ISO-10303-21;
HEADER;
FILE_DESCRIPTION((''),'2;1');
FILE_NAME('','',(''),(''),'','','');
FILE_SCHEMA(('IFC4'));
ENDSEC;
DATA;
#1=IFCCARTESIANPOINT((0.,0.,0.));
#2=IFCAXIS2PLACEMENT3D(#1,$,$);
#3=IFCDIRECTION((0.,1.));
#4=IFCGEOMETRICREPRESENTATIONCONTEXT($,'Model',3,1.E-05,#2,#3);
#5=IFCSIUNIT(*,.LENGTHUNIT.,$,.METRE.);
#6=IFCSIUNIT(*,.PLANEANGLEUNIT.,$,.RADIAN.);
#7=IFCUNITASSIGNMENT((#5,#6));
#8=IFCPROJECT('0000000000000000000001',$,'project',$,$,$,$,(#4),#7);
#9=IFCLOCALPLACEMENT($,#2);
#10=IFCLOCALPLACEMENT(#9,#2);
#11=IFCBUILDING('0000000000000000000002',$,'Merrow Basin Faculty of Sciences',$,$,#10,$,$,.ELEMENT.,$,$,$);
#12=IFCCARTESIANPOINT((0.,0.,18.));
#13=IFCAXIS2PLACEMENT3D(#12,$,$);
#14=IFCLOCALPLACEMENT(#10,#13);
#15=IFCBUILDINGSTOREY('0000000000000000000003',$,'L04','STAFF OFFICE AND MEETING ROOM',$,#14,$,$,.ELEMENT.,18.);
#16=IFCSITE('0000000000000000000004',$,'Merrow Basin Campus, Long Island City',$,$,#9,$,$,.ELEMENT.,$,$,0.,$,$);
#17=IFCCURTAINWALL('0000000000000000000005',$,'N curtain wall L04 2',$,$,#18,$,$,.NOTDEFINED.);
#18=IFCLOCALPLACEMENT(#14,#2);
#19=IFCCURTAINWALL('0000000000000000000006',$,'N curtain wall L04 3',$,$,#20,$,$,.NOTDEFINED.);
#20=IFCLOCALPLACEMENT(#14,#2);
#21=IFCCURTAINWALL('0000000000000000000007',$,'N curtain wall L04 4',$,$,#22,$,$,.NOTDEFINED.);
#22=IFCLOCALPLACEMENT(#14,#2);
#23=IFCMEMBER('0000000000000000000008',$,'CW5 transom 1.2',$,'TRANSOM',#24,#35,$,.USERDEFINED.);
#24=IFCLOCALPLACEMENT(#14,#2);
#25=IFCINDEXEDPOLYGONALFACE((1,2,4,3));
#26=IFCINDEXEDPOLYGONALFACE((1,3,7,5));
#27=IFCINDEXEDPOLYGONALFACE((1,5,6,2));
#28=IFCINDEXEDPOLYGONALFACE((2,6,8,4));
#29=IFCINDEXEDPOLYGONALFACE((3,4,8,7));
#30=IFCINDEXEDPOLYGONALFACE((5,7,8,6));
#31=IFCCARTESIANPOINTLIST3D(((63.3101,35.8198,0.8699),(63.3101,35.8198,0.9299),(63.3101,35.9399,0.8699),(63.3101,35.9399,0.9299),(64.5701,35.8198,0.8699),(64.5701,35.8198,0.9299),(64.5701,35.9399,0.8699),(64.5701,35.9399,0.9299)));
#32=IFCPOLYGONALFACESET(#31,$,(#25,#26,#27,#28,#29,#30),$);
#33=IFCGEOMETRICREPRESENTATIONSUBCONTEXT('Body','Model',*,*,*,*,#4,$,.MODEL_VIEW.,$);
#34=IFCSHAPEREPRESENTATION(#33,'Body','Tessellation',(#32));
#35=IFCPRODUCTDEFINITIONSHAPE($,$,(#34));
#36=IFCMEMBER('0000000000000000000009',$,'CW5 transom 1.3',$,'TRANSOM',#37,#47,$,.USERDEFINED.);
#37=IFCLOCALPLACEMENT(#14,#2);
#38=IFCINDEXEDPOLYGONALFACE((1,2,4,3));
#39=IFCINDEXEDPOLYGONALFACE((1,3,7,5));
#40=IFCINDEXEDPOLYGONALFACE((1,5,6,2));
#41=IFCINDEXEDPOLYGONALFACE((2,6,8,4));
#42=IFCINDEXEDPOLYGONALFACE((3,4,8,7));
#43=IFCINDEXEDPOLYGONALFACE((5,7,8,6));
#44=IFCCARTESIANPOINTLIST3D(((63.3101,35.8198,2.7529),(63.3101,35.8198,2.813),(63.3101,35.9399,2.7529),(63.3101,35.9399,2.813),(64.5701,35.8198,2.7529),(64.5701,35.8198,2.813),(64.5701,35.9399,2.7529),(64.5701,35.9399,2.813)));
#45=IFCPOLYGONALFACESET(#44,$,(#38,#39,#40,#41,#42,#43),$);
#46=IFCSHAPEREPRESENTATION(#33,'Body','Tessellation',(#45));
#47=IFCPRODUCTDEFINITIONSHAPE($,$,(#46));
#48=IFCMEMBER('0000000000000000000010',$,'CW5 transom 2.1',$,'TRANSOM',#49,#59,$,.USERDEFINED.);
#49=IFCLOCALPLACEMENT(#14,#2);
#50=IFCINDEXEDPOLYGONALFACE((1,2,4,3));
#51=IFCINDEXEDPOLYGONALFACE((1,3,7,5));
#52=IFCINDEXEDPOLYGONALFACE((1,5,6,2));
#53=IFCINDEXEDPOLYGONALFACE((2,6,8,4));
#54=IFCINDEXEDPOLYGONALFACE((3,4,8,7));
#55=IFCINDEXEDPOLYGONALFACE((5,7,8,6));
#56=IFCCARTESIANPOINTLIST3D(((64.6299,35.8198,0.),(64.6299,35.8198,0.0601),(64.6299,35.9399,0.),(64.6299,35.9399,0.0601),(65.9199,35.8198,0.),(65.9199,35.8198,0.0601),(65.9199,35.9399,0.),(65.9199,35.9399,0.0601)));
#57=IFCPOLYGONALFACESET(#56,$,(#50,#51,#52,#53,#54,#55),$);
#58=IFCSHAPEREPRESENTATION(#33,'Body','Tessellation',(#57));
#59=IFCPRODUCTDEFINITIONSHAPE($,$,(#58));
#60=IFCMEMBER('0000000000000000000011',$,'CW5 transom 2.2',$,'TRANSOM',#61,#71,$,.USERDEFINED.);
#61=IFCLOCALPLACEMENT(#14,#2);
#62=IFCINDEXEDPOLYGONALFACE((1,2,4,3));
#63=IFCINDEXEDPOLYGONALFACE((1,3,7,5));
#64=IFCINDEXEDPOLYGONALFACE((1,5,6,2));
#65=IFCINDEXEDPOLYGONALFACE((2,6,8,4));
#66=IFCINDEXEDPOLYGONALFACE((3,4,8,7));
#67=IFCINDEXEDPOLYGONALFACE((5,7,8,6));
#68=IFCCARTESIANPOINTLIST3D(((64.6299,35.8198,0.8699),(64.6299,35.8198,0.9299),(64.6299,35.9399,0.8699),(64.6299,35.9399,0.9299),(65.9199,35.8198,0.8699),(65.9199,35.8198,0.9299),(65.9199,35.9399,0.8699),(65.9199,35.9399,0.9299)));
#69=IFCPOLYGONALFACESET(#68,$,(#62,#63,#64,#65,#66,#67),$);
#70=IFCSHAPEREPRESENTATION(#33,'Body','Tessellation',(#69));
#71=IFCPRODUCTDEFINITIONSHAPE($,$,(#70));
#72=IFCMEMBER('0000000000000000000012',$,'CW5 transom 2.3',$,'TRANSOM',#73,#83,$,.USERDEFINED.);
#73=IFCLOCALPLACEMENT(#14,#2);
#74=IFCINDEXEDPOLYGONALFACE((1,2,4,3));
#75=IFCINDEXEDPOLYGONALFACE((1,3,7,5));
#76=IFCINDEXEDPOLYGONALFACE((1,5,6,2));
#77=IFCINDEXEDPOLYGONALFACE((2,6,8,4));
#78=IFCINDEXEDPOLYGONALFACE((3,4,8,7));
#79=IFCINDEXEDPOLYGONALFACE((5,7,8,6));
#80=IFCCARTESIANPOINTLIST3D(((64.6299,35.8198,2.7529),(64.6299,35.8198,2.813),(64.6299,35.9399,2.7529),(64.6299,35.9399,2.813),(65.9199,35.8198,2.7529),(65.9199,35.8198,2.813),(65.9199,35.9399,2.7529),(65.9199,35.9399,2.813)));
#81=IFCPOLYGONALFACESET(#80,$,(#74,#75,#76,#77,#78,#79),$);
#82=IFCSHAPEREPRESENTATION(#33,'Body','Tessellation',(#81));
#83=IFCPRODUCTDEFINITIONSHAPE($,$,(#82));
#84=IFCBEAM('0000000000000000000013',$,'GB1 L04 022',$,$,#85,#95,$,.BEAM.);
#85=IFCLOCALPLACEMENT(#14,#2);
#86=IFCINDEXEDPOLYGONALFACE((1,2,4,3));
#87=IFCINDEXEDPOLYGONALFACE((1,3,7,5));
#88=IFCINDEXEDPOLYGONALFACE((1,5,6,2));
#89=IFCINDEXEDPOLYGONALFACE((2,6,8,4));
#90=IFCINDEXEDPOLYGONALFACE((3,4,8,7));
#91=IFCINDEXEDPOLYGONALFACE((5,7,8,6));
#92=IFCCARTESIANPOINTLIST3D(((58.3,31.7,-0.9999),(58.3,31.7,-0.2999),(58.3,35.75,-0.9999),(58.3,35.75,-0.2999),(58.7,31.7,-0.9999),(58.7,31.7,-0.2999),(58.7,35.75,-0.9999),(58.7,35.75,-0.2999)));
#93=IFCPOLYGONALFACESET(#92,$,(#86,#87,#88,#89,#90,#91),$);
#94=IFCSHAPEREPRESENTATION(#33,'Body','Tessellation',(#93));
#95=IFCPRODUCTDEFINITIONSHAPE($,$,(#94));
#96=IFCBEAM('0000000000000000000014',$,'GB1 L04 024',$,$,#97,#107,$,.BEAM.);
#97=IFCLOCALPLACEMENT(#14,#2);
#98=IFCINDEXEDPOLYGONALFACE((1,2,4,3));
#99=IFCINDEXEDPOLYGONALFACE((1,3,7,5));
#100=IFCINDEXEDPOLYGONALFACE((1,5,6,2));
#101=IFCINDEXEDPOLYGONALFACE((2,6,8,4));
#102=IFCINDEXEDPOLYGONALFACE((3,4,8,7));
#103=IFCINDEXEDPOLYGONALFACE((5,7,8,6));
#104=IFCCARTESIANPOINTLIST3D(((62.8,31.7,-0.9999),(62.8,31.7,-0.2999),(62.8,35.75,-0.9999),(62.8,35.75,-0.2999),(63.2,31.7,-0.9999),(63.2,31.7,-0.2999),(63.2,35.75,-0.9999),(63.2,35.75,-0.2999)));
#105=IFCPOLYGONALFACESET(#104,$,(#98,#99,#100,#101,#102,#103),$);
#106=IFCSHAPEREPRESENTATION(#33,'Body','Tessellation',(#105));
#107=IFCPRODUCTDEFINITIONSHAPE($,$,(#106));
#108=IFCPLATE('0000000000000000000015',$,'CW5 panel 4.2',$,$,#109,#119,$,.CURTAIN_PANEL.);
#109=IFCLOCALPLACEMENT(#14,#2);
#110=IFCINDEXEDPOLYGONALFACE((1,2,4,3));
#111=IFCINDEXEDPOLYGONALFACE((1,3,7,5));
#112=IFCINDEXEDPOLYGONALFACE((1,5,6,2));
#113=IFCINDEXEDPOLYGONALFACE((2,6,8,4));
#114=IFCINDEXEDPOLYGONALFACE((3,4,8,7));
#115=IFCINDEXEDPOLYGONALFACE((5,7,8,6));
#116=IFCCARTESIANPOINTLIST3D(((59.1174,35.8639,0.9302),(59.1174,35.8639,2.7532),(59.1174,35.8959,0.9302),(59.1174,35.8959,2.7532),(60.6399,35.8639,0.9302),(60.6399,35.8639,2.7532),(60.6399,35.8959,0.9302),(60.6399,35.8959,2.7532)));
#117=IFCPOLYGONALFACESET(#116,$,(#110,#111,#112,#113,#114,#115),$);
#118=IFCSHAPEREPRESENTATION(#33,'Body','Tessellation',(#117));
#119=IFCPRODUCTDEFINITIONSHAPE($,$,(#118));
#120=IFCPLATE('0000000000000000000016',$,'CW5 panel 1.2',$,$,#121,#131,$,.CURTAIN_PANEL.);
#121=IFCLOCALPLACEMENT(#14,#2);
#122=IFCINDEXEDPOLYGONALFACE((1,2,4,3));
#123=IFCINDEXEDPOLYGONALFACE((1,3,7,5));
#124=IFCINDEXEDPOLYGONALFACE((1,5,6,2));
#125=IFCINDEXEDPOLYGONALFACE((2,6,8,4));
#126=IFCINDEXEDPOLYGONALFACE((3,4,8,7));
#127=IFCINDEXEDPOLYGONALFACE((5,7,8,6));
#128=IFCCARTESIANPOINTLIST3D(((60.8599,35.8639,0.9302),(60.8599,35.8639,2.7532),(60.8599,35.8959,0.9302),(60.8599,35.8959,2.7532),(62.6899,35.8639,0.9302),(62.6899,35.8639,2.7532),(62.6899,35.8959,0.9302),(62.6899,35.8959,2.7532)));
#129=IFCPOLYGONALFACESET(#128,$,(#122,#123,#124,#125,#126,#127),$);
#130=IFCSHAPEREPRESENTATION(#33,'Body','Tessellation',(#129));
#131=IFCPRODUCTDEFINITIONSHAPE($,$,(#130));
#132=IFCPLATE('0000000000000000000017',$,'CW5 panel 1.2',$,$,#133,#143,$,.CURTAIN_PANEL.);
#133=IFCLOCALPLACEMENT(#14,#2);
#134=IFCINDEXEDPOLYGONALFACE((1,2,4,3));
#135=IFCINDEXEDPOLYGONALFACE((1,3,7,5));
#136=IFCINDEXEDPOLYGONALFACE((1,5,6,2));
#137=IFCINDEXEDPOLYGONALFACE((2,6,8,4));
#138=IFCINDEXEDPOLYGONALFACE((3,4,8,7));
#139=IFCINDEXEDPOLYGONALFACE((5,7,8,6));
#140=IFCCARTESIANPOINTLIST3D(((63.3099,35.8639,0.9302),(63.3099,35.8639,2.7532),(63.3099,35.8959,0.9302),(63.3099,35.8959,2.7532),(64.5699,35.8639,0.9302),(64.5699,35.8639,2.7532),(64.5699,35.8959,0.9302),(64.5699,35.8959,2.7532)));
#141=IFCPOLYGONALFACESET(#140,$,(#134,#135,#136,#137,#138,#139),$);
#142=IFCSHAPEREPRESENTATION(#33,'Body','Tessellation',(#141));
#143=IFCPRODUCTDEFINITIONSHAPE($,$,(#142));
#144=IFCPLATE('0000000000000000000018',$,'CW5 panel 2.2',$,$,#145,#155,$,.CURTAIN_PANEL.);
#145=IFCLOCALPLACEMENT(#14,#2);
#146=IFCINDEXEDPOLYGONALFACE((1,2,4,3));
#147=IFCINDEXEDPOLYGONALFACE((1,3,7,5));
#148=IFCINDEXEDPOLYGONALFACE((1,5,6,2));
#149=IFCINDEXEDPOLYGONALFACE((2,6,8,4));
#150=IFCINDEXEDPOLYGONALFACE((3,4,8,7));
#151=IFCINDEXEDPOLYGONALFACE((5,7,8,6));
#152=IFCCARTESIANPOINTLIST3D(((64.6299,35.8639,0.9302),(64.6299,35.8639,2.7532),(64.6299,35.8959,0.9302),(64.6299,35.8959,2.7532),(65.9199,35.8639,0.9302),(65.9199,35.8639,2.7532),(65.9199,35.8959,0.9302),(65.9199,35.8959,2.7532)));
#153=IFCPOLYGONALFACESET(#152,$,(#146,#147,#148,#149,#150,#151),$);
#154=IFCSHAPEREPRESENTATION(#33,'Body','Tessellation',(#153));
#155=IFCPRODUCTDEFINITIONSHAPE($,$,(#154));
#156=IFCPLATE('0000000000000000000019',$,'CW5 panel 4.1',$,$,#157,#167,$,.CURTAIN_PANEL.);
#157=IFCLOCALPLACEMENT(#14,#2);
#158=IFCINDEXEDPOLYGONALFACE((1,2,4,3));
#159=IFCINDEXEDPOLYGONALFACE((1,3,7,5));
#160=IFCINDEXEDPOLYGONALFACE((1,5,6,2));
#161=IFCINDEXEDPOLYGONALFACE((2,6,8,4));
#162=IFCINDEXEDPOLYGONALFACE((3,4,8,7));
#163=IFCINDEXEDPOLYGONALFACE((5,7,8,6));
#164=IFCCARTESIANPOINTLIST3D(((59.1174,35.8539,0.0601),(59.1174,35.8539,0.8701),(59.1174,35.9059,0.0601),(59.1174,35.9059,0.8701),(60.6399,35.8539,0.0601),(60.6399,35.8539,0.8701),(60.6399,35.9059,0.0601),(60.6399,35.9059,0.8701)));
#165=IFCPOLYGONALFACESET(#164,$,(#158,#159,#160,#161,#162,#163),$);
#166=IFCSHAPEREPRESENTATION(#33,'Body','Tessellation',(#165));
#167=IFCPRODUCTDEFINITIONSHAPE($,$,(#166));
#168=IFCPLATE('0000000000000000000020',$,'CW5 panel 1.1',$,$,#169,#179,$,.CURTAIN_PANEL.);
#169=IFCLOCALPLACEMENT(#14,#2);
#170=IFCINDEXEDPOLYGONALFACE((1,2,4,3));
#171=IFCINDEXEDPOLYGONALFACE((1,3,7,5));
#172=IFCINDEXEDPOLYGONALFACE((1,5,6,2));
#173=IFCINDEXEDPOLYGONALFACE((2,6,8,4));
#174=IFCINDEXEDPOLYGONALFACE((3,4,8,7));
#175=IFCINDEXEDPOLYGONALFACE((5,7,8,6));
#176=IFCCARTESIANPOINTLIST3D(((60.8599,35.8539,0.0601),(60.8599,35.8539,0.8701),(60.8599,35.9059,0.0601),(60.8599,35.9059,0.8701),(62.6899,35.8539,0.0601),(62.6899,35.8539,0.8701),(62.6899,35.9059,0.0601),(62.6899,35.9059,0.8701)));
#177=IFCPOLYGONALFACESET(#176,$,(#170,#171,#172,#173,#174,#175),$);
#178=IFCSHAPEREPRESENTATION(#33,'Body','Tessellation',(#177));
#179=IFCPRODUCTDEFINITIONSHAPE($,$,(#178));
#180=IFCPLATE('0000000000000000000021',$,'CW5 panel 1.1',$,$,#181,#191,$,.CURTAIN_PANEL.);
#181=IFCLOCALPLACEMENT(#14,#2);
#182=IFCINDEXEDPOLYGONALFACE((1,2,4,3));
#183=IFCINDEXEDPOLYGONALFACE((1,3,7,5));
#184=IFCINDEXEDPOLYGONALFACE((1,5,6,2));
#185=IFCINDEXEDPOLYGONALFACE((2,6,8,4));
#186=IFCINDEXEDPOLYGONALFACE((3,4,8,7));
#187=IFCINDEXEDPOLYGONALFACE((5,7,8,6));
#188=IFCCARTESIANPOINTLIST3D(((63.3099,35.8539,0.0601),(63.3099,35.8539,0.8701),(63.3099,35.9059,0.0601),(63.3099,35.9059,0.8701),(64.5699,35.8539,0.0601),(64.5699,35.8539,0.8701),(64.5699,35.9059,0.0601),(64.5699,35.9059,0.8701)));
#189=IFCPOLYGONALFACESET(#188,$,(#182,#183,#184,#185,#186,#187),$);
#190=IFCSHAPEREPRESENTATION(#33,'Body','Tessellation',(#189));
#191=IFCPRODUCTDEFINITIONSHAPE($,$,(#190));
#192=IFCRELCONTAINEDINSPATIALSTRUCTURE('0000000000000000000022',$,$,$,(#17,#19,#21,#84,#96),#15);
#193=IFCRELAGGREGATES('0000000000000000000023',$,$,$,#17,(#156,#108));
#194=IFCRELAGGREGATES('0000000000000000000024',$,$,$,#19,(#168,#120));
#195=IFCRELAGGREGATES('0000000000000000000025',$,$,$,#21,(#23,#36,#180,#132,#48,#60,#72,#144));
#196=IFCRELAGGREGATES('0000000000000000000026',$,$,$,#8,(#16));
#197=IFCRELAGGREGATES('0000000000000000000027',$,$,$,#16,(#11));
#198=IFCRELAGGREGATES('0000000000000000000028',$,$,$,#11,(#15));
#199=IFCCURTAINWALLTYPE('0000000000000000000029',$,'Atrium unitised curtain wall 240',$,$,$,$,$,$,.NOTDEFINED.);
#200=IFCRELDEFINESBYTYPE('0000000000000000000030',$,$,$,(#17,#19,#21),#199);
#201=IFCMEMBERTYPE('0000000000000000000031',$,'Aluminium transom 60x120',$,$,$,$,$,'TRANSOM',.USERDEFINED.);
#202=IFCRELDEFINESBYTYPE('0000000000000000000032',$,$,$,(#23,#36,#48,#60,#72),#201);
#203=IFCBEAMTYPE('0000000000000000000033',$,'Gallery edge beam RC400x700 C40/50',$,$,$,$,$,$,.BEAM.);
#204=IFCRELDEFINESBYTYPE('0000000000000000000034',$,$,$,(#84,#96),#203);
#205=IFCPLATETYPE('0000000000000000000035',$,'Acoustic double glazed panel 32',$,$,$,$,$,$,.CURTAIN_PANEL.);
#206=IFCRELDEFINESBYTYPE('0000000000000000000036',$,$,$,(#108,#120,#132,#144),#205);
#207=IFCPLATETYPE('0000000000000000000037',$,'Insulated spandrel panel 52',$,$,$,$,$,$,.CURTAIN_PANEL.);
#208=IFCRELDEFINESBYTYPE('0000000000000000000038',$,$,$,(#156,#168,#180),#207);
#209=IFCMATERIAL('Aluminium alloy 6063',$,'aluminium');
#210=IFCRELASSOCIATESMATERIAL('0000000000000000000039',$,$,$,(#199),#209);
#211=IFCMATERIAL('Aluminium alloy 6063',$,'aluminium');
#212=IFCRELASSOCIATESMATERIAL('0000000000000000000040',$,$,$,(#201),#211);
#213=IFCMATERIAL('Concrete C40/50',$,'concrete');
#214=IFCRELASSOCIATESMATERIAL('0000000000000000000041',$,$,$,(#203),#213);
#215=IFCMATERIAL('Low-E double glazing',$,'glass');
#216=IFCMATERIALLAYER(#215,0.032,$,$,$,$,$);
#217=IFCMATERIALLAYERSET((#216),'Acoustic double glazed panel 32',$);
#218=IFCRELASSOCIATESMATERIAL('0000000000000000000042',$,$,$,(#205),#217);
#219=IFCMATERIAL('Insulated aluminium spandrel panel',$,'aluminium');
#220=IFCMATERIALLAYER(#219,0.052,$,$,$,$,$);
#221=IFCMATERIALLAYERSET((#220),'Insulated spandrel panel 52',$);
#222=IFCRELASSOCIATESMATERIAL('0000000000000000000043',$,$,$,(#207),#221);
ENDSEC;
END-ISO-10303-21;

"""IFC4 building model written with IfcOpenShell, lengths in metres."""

from ifc_helpers import new_model, si_unit, direction, frame, origin, origin_2d, place, context, subcontext, project, spatial, rectangle, extrude, material, layer, layer_set, material_profile, profile_set, type_object, element, aggregate, save


model = new_model("IFC4")

# Units and contexts
model_context = context("Model", 3, precision=1e-05, world=origin(), true_north=direction((0.0, 1.0)))
body_context = subcontext(model_context, "Body", "Model", "MODEL_VIEW")
ifc_project = project(units=[si_unit("LENGTHUNIT", "METRE"), si_unit("PLANEANGLEUNIT", "RADIAN")], contexts=[model_context])

# Site, building, storey
site_placement = place(None, origin())
site = spatial("IfcSite", under=ifc_project, at=site_placement, Name="Merrow Basin Campus, Long Island City", CompositionType="ELEMENT", RefElevation=0.0)
building_placement = place(site_placement, origin())
building = spatial("IfcBuilding", under=site, at=building_placement, Name="Merrow Basin Faculty of Sciences", CompositionType="ELEMENT")
storey_placement = place(building_placement, frame((0.0, 0.0, 18.0)))
storey = spatial("IfcBuildingStorey", under=building, at=storey_placement, Name="L04", Description="STAFF OFFICE AND MEETING ROOM", CompositionType="ELEMENT", Elevation=18.0)

# Curtain walls
ifc_material_1 = material(Name="Aluminium alloy 6063", Category="aluminium")
curtain_wall_type = type_object("IfcCurtainWallType", Name="Atrium unitised curtain wall 240", PredefinedType="NOTDEFINED", material=ifc_material_1)
curtain_wall_1_placement = place(storey_placement, origin())
curtain_wall_1 = element("IfcCurtainWall", 1, at=curtain_wall_1_placement, inside=storey, type_object=curtain_wall_type, Name="N curtain wall L04 2", PredefinedType="NOTDEFINED")
curtain_wall_2_placement = place(storey_placement, origin())
curtain_wall_2 = element("IfcCurtainWall", 2, at=curtain_wall_2_placement, inside=storey, type_object=curtain_wall_type, Name="N curtain wall L04 3", PredefinedType="NOTDEFINED")
curtain_wall_3_placement = place(storey_placement, origin())
curtain_wall_3 = element("IfcCurtainWall", 3, at=curtain_wall_3_placement, inside=storey, type_object=curtain_wall_type, Name="N curtain wall L04 4", PredefinedType="NOTDEFINED")

# Members
ifc_material_2 = material(Name="Aluminium alloy 6063", Category="aluminium")
ifc_material_profile_1 = material_profile(ifc_material_2, rectangle(XDim=0.1201, YDim=0.0601, at=origin_2d()))
ifc_profile_set_1 = profile_set([ifc_material_profile_1], Name="Aluminium alloy 6063")
member_type_1 = type_object("IfcMemberType", Name="Aluminium transom 60x120", ElementType="TRANSOM", PredefinedType="USERDEFINED", material=ifc_profile_set_1)
member_1_placement = place(storey_placement, frame((63.3101, 35.8799, 0.8999), z_axis=(1.0, 0.0, 0.0), x_axis=(0.0, 1.0, 0.0)))
member_1 = element("IfcMember", 4, at=member_1_placement, type_object=member_type_1, Name="CW5 transom 1.2", ObjectType="TRANSOM", PredefinedType="USERDEFINED", context=body_context, shape_type="SweptSolid", body=[
    extrude(rectangle(XDim=0.1201, YDim=0.0601, at=origin_2d()), origin(), (0.0, 0.0, 1.0), 1.26),
])
member_2_placement = place(storey_placement, frame((63.3101, 35.8799, 2.783), z_axis=(1.0, 0.0, 0.0), x_axis=(0.0, 1.0, 0.0)))
member_2 = element("IfcMember", 5, at=member_2_placement, type_object=member_type_1, Name="CW5 transom 1.3", ObjectType="TRANSOM", PredefinedType="USERDEFINED", context=body_context, shape_type="SweptSolid", body=[
    extrude(rectangle(XDim=0.1201, YDim=0.0601, at=origin_2d()), origin(), (0.0, 0.0, 1.0), 1.26),
])
member_3_placement = place(storey_placement, frame((64.6299, 35.8799, 0.03), z_axis=(1.0, 0.0, 0.0), x_axis=(0.0, 1.0, 0.0)))
member_3 = element("IfcMember", 6, at=member_3_placement, type_object=member_type_1, Name="CW5 transom 2.1", ObjectType="TRANSOM", PredefinedType="USERDEFINED", context=body_context, shape_type="SweptSolid", body=[
    extrude(rectangle(XDim=0.1201, YDim=0.0601, at=origin_2d()), origin(), (0.0, 0.0, 1.0), 1.29),
])
member_4_placement = place(storey_placement, frame((64.6299, 35.8799, 0.8999), z_axis=(1.0, 0.0, 0.0), x_axis=(0.0, 1.0, 0.0)))
member_4 = element("IfcMember", 7, at=member_4_placement, type_object=member_type_1, Name="CW5 transom 2.2", ObjectType="TRANSOM", PredefinedType="USERDEFINED", context=body_context, shape_type="SweptSolid", body=[
    extrude(rectangle(XDim=0.1201, YDim=0.0601, at=origin_2d()), origin(), (0.0, 0.0, 1.0), 1.29),
])
member_5_placement = place(storey_placement, frame((64.6299, 35.8799, 2.783), z_axis=(1.0, 0.0, 0.0), x_axis=(0.0, 1.0, 0.0)))
member_5 = element("IfcMember", 8, at=member_5_placement, type_object=member_type_1, Name="CW5 transom 2.3", ObjectType="TRANSOM", PredefinedType="USERDEFINED", context=body_context, shape_type="SweptSolid", body=[
    extrude(rectangle(XDim=0.1201, YDim=0.0601, at=origin_2d()), origin(), (0.0, 0.0, 1.0), 1.29),
])

# Beams
ifc_material_3 = material(Name="Concrete C40/50", Category="concrete")
ifc_material_profile_2 = material_profile(ifc_material_3, rectangle(XDim=0.3999, YDim=0.7, at=origin_2d()))
ifc_profile_set_2 = profile_set([ifc_material_profile_2], Name="Concrete C40/50")
beam_type = type_object("IfcBeamType", Name="Gallery edge beam RC400x700 C40/50", PredefinedType="BEAM", material=ifc_profile_set_2)
for number, where, z_axis, x_axis, name in (
    (9, (58.5, 31.7, -0.6499), (0.0, 1.0, 0.0), (-1.0, 0.0, 0.0), "GB1 L04 022"),
    (10, (63.0, 31.7, -0.6499), (0.0, 1.0, 0.0), (-1.0, 0.0, 0.0), "GB1 L04 024"),
):
    element("IfcBeam", number, at=place(storey_placement, frame(where, z_axis=z_axis, x_axis=x_axis)), inside=storey, type_object=beam_type, Name=name, PredefinedType="BEAM", context=body_context, shape_type="SweptSolid", body=[
        extrude(rectangle(XDim=0.3999, YDim=0.7, at=origin_2d()), origin(), (0.0, 0.0, 1.0), 4.05),
    ])

# Plates
ifc_material_4 = material(Name="Low-E double glazing", Category="glass")
ifc_layer_1 = layer(ifc_material_4, 0.032)
ifc_layer_set_1 = layer_set([ifc_layer_1], Name="Acoustic double glazed panel 32")
plate_type_1 = type_object("IfcPlateType", Name="Acoustic double glazed panel 32", PredefinedType="CURTAIN_PANEL", material=ifc_layer_set_1)
plate_1_placement = place(storey_placement, frame((59.8787, 35.8799, 0.9302), z_axis=(0.0, 0.0, 1.0), x_axis=(1.0, 0.0, 0.0)))
plate_1 = element("IfcPlate", 11, at=plate_1_placement, type_object=plate_type_1, Name="CW5 panel 4.2", PredefinedType="CURTAIN_PANEL", context=body_context, shape_type="SweptSolid", body=[
    extrude(rectangle(XDim=1.5225, YDim=0.032, at=origin_2d()), origin(), (0.0, 0.0, 1.0), 1.823),
])
plate_2_placement = place(storey_placement, frame((61.7749, 35.8799, 0.9302), z_axis=(0.0, 0.0, 1.0), x_axis=(1.0, 0.0, 0.0)))
plate_2 = element("IfcPlate", 12, at=plate_2_placement, type_object=plate_type_1, Name="CW5 panel 1.2", PredefinedType="CURTAIN_PANEL", context=body_context, shape_type="SweptSolid", body=[
    extrude(rectangle(XDim=1.8301, YDim=0.032, at=origin_2d()), origin(), (0.0, 0.0, 1.0), 1.823),
])
plate_3_placement = place(storey_placement, frame((63.9399, 35.8799, 0.9302), z_axis=(0.0, 0.0, 1.0), x_axis=(1.0, 0.0, 0.0)))
plate_3 = element("IfcPlate", 13, at=plate_3_placement, type_object=plate_type_1, Name="CW5 panel 1.2", PredefinedType="CURTAIN_PANEL", context=body_context, shape_type="SweptSolid", body=[
    extrude(rectangle(XDim=1.26, YDim=0.032, at=origin_2d()), origin(), (0.0, 0.0, 1.0), 1.823),
])
plate_4_placement = place(storey_placement, frame((65.2749, 35.8799, 0.9302), z_axis=(0.0, 0.0, 1.0), x_axis=(1.0, 0.0, 0.0)))
plate_4 = element("IfcPlate", 14, at=plate_4_placement, type_object=plate_type_1, Name="CW5 panel 2.2", PredefinedType="CURTAIN_PANEL", context=body_context, shape_type="SweptSolid", body=[
    extrude(rectangle(XDim=1.29, YDim=0.032, at=origin_2d()), origin(), (0.0, 0.0, 1.0), 1.823),
])
ifc_material_5 = material(Name="Insulated aluminium spandrel panel", Category="aluminium")
ifc_layer_2 = layer(ifc_material_5, 0.052)
ifc_layer_set_2 = layer_set([ifc_layer_2], Name="Insulated spandrel panel 52")
plate_type_2 = type_object("IfcPlateType", Name="Insulated spandrel panel 52", PredefinedType="CURTAIN_PANEL", material=ifc_layer_set_2)
plate_5_placement = place(storey_placement, frame((59.8787, 35.8799, 0.0601), z_axis=(0.0, 0.0, 1.0), x_axis=(1.0, 0.0, 0.0)))
plate_5 = element("IfcPlate", 15, at=plate_5_placement, type_object=plate_type_2, Name="CW5 panel 4.1", PredefinedType="CURTAIN_PANEL", context=body_context, shape_type="SweptSolid", body=[
    extrude(rectangle(XDim=1.5225, YDim=0.052, at=origin_2d()), origin(), (0.0, 0.0, 1.0), 0.8101),
])
aggregate(curtain_wall_1, [plate_5, plate_1])
plate_6_placement = place(storey_placement, frame((61.7749, 35.8799, 0.0601), z_axis=(0.0, 0.0, 1.0), x_axis=(1.0, 0.0, 0.0)))
plate_6 = element("IfcPlate", 16, at=plate_6_placement, type_object=plate_type_2, Name="CW5 panel 1.1", PredefinedType="CURTAIN_PANEL", context=body_context, shape_type="SweptSolid", body=[
    extrude(rectangle(XDim=1.8301, YDim=0.052, at=origin_2d()), origin(), (0.0, 0.0, 1.0), 0.8101),
])
aggregate(curtain_wall_2, [plate_6, plate_2])
plate_7_placement = place(storey_placement, frame((63.9399, 35.8799, 0.0601), z_axis=(0.0, 0.0, 1.0), x_axis=(1.0, 0.0, 0.0)))
plate_7 = element("IfcPlate", 17, at=plate_7_placement, type_object=plate_type_2, Name="CW5 panel 1.1", PredefinedType="CURTAIN_PANEL", context=body_context, shape_type="SweptSolid", body=[
    extrude(rectangle(XDim=1.26, YDim=0.052, at=origin_2d()), origin(), (0.0, 0.0, 1.0), 0.8101),
])
aggregate(curtain_wall_3, [member_1, member_2, plate_7, plate_3, member_3, member_4, member_5, plate_4])

save(model, "model.ifc")
